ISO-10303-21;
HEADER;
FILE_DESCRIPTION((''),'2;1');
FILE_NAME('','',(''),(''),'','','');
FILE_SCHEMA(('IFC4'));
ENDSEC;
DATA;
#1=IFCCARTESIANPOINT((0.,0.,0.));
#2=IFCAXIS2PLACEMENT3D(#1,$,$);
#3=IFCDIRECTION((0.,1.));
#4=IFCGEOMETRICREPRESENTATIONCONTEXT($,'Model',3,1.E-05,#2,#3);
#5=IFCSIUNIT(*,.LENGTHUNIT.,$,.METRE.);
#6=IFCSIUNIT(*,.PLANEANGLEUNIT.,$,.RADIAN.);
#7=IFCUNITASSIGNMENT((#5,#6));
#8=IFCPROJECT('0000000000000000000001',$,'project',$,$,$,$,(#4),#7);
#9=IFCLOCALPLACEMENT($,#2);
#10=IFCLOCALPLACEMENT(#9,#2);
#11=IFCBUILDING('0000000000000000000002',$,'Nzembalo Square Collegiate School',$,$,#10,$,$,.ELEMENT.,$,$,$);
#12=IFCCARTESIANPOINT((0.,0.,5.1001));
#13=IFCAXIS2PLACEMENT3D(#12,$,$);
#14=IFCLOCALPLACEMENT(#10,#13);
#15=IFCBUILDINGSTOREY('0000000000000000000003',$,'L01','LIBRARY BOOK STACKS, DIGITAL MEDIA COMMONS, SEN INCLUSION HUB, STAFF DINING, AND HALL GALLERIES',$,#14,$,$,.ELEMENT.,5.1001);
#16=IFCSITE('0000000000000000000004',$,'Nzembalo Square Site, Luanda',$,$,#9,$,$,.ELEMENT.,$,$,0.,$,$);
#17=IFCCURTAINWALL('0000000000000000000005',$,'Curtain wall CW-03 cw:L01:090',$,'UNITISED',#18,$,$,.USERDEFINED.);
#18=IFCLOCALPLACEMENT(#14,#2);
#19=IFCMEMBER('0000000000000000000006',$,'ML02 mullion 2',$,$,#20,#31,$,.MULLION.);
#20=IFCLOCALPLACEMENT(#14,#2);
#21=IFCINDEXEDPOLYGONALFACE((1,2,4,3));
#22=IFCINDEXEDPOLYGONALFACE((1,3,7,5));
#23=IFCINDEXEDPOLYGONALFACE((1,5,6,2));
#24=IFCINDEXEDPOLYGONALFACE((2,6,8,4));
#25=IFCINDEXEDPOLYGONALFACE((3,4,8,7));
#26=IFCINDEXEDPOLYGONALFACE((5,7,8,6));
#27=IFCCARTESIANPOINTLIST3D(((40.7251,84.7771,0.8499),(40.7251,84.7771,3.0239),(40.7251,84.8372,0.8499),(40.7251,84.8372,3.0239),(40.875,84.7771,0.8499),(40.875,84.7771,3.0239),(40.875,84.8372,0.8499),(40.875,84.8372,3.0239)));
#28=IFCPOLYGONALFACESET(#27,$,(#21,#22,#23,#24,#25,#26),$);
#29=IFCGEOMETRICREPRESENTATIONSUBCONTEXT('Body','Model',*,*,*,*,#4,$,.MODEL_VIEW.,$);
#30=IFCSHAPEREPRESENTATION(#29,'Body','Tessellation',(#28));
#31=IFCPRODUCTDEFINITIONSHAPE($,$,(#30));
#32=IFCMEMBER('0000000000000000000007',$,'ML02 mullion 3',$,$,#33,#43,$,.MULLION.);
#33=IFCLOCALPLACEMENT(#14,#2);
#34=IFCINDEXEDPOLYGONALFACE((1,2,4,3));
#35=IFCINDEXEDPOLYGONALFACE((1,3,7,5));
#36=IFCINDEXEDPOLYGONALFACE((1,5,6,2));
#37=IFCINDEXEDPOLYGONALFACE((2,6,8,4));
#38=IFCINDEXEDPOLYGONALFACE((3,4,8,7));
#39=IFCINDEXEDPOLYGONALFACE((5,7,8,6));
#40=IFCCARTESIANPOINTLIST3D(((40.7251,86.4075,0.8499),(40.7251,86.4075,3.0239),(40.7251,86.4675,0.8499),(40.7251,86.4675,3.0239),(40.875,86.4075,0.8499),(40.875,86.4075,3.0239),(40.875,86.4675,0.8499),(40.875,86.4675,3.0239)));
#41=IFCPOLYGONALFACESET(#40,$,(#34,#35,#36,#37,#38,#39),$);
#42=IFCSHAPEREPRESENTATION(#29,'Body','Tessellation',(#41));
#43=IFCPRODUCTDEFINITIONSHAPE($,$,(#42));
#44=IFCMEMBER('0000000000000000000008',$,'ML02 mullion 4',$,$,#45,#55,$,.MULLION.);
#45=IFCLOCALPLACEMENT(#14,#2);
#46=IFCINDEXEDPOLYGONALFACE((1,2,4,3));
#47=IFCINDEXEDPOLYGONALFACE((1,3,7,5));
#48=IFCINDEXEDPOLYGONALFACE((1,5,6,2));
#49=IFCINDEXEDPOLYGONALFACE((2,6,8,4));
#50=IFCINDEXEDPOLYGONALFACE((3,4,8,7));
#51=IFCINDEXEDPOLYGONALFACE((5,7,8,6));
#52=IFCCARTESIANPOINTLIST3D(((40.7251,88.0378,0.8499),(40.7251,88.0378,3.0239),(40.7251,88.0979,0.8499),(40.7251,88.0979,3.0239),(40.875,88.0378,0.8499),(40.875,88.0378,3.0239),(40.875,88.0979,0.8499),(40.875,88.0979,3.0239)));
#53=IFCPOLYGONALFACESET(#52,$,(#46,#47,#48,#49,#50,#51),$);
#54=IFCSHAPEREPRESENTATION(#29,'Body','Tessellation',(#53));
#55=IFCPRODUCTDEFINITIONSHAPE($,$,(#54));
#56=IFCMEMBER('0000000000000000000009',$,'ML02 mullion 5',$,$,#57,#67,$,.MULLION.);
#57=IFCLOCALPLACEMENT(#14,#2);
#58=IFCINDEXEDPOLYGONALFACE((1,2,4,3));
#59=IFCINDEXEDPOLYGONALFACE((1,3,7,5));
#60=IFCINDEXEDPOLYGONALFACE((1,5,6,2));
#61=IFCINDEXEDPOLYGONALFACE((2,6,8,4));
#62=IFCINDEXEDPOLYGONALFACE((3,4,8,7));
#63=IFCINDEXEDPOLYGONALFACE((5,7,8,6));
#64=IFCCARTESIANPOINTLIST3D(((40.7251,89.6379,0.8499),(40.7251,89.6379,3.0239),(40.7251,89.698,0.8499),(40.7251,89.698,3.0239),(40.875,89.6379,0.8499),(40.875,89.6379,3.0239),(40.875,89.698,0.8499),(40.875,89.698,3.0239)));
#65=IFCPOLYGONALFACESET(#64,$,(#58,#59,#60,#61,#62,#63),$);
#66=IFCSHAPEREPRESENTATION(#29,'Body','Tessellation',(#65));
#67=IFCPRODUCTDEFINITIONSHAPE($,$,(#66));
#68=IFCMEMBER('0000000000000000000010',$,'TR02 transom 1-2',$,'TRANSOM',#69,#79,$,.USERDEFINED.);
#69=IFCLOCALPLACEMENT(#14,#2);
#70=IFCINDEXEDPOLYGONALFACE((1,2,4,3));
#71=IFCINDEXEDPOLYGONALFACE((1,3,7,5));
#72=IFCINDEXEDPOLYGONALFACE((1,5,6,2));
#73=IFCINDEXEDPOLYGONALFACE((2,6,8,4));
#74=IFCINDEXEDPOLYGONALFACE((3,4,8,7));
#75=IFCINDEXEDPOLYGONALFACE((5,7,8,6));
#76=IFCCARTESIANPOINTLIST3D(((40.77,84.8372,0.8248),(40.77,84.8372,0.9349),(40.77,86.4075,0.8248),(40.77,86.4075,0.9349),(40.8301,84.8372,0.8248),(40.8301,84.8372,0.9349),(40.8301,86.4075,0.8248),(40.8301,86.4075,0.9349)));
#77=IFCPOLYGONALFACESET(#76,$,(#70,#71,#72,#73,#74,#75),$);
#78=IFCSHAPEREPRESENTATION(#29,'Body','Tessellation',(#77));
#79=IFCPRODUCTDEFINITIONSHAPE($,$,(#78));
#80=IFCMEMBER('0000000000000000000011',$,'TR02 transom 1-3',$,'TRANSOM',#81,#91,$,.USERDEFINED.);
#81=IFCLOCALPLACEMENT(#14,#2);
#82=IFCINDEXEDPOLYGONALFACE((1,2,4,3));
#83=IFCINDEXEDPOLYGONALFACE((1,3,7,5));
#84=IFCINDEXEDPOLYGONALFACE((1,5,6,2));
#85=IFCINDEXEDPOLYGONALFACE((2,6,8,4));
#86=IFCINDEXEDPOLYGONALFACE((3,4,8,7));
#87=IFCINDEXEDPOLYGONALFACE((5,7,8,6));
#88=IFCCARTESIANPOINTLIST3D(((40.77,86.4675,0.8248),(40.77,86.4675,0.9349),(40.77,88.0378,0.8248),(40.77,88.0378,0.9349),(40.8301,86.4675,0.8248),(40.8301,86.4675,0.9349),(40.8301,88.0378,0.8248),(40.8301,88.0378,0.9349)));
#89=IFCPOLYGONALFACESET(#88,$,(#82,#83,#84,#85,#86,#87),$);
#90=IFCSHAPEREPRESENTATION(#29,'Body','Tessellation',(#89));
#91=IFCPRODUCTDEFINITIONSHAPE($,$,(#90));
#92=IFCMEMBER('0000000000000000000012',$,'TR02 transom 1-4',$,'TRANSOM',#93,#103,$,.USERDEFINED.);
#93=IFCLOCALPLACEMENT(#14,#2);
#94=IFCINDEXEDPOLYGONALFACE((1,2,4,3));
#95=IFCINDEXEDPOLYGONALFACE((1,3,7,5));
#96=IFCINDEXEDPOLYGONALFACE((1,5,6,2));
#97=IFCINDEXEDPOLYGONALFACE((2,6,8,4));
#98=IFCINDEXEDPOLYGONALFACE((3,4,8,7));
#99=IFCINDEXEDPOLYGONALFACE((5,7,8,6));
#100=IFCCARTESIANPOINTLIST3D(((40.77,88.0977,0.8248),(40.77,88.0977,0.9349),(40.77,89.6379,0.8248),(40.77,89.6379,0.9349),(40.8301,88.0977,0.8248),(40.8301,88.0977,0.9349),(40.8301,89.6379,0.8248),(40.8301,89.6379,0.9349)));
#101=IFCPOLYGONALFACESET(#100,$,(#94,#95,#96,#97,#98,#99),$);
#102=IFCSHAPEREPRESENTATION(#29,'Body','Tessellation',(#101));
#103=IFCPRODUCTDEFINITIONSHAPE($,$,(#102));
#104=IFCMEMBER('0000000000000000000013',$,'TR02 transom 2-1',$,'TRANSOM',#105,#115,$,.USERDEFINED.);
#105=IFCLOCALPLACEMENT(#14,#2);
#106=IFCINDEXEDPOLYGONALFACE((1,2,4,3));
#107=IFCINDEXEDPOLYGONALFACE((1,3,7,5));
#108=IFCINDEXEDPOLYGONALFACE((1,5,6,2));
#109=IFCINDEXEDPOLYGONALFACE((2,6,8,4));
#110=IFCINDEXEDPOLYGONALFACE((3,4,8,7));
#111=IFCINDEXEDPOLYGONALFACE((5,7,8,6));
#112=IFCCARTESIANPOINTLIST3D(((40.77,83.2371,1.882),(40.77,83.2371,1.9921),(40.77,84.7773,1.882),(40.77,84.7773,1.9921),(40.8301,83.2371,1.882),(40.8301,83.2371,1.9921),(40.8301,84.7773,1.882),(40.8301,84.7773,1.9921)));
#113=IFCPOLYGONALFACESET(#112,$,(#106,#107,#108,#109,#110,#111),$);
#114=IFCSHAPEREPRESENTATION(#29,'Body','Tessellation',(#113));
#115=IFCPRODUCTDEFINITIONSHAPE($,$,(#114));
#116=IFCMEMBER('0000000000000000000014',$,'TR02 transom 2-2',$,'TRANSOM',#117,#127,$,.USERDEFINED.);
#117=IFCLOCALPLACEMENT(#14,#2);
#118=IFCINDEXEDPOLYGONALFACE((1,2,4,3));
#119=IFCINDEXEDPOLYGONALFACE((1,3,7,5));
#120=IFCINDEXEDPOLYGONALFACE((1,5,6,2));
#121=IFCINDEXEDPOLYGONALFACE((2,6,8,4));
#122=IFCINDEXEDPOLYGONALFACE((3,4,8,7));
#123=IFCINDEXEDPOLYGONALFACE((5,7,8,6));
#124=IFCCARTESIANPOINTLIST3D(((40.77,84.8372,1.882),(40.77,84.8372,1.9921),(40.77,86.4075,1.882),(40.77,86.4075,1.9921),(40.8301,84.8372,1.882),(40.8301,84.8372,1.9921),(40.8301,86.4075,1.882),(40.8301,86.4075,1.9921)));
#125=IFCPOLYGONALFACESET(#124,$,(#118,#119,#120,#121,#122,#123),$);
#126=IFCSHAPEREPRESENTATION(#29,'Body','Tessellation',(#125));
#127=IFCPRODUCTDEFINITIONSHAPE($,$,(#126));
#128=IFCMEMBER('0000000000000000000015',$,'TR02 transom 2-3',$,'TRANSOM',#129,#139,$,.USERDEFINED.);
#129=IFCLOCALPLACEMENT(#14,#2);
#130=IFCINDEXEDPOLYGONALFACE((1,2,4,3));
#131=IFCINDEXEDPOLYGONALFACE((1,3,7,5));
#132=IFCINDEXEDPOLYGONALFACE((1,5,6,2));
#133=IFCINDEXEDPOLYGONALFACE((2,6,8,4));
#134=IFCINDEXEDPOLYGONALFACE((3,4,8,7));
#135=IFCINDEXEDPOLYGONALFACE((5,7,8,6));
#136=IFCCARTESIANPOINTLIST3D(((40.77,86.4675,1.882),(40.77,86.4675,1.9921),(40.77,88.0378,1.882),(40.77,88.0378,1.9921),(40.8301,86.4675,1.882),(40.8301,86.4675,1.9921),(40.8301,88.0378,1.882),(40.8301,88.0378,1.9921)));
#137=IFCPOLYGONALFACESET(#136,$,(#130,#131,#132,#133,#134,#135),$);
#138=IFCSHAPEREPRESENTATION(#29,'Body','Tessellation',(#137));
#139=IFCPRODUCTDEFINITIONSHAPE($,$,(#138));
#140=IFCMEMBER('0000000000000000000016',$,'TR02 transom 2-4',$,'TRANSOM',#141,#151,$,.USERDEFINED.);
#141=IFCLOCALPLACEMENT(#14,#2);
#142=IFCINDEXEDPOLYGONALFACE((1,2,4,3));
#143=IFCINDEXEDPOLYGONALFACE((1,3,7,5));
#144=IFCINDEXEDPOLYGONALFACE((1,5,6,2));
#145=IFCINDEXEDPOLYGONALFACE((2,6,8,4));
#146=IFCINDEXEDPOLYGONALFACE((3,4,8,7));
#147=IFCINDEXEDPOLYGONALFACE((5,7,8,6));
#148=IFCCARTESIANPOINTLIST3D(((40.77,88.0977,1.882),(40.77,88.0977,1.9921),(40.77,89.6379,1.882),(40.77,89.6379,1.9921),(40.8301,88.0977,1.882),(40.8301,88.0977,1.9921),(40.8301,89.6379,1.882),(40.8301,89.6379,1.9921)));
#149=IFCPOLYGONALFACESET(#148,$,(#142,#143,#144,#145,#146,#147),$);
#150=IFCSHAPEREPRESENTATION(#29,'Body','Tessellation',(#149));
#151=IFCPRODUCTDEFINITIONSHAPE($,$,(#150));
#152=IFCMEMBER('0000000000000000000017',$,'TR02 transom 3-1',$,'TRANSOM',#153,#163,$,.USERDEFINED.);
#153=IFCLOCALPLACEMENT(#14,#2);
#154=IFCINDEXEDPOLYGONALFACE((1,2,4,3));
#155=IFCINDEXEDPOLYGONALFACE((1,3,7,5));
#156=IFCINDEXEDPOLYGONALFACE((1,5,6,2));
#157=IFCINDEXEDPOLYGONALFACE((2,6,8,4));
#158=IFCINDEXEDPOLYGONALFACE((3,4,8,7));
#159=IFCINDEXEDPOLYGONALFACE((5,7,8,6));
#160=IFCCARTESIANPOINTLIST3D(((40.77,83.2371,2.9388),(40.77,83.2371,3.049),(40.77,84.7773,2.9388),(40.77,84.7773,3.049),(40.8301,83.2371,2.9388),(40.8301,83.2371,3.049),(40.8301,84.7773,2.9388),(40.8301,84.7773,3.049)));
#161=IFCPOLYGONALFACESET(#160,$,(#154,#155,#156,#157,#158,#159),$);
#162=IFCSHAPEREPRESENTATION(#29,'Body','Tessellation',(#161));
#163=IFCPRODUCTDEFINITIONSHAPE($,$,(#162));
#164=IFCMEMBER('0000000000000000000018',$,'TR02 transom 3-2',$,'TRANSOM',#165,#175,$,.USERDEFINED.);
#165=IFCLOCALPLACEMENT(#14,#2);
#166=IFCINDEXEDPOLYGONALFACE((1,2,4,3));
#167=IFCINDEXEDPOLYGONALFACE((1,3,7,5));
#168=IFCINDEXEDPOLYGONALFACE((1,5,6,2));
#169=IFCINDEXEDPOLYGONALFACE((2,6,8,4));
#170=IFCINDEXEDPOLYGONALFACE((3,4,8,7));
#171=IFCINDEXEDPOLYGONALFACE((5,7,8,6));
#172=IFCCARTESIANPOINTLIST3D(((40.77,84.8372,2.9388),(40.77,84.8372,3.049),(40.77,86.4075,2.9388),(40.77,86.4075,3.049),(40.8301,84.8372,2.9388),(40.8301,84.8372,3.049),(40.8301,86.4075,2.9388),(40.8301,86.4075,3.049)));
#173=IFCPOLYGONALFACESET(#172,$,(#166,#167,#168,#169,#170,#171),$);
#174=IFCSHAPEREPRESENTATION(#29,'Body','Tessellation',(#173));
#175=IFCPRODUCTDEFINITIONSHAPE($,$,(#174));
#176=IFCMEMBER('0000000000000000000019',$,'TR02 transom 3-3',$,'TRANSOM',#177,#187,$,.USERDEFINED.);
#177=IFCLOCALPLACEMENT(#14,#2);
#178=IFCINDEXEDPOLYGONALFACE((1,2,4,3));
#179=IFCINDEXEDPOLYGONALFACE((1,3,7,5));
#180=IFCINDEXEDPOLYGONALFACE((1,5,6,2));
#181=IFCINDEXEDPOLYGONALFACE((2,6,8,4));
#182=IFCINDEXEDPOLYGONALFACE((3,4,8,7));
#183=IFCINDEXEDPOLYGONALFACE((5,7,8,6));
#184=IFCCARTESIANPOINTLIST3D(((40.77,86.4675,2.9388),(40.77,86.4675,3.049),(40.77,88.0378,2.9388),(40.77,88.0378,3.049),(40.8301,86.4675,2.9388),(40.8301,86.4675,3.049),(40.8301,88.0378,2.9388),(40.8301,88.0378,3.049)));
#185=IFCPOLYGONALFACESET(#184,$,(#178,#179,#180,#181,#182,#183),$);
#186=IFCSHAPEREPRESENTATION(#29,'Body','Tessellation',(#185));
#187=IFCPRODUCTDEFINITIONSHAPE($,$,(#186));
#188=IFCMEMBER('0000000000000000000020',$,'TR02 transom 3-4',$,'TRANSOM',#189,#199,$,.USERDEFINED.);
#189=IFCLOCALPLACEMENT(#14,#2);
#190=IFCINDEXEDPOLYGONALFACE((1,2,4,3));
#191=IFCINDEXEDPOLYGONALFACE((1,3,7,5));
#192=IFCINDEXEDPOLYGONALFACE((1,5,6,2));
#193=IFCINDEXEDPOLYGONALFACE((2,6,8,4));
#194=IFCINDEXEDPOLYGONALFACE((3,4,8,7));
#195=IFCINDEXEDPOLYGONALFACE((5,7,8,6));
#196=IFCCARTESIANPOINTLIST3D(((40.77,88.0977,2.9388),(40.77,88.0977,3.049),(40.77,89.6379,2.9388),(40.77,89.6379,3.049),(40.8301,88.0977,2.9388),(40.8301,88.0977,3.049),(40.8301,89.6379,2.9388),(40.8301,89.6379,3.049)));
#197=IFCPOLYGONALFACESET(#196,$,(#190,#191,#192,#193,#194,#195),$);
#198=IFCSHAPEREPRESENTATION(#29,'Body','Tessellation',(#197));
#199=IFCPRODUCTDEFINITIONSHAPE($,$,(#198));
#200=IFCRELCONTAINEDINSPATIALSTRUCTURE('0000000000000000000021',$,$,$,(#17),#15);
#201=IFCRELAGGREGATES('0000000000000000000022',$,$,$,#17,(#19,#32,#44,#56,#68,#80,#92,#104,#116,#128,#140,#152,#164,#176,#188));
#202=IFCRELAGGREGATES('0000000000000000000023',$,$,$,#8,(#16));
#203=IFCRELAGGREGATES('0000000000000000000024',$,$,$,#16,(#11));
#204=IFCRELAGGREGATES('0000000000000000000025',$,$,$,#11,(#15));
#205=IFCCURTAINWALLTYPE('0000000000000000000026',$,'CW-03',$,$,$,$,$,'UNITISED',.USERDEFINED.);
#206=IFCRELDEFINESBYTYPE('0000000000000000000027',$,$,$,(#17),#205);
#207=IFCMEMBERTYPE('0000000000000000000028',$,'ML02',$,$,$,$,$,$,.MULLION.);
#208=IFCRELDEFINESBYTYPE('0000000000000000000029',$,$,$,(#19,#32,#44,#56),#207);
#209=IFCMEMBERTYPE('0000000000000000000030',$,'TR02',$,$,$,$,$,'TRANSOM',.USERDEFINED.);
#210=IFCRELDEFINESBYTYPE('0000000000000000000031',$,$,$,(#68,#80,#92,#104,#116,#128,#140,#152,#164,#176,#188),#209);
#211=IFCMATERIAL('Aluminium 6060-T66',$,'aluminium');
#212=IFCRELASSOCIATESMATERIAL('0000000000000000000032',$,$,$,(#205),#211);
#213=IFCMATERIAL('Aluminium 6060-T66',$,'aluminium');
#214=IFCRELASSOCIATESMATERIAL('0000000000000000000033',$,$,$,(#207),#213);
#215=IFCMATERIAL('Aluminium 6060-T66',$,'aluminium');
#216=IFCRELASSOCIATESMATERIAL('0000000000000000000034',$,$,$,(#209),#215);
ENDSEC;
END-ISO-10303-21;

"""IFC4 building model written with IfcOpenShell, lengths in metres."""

from ifc_helpers import new_model, si_unit, direction, frame, origin, origin_2d, place, context, subcontext, project, spatial, rectangle, extrude, material, material_profile, profile_set, type_object, element, aggregate, save


model = new_model("IFC4")

# Units and contexts
model_context = context("Model", 3, precision=1e-05, world=origin(), true_north=direction((0.0, 1.0)))
body_context = subcontext(model_context, "Body", "Model", "MODEL_VIEW")
ifc_project = project(units=[si_unit("LENGTHUNIT", "METRE"), si_unit("PLANEANGLEUNIT", "RADIAN")], contexts=[model_context])

# Site, building, storey
site_placement = place(None, origin())
site = spatial("IfcSite", under=ifc_project, at=site_placement, Name="Nzembalo Square Site, Luanda", CompositionType="ELEMENT", RefElevation=0.0)
building_placement = place(site_placement, origin())
building = spatial("IfcBuilding", under=site, at=building_placement, Name="Nzembalo Square Collegiate School", CompositionType="ELEMENT")
storey_placement = place(building_placement, frame((0.0, 0.0, 5.1001)))
storey = spatial("IfcBuildingStorey", under=building, at=storey_placement, Name="L01", Description="LIBRARY BOOK STACKS, DIGITAL MEDIA COMMONS, SEN INCLUSION HUB, STAFF DINING, AND HALL GALLERIES", CompositionType="ELEMENT", Elevation=5.1001)

# Curtain wall, members
ifc_material_1 = material(Name="Aluminium 6060-T66", Category="aluminium")
curtain_wall_type = type_object("IfcCurtainWallType", Name="CW-03", ElementType="UNITISED", PredefinedType="USERDEFINED", material=ifc_material_1)
curtain_wall_placement = place(storey_placement, origin())
curtain_wall = element("IfcCurtainWall", 1, at=curtain_wall_placement, inside=storey, type_object=curtain_wall_type, Name="Curtain wall CW-03 cw:L01:090", ObjectType="UNITISED", PredefinedType="USERDEFINED")
ifc_material_2 = material(Name="Aluminium 6060-T66", Category="aluminium")
ifc_material_profile_1 = material_profile(ifc_material_2, rectangle(XDim=0.0601, YDim=0.1499, at=origin_2d()), Name="ALU M60x150")
ifc_profile_set_1 = profile_set([ifc_material_profile_1], Name="Aluminium 6060-T66")
member_type_1 = type_object("IfcMemberType", Name="ML02", PredefinedType="MULLION", material=ifc_profile_set_1)
member_1_placement = place(storey_placement, frame((40.8, 84.8071, 0.8499), z_axis=(0.0, 0.0, 1.0), x_axis=(0.0, 1.0, 0.0)))
member_1 = element("IfcMember", 2, at=member_1_placement, type_object=member_type_1, Name="ML02 mullion 2", PredefinedType="MULLION", context=body_context, shape_type="SweptSolid", body=[
    extrude(rectangle(XDim=0.0601, YDim=0.1499, at=origin_2d()), origin(), (0.0, 0.0, 1.0), 2.1741),
])
member_2_placement = place(storey_placement, frame((40.8, 86.4375, 0.8499), z_axis=(0.0, 0.0, 1.0), x_axis=(0.0, 1.0, 0.0)))
member_2 = element("IfcMember", 3, at=member_2_placement, type_object=member_type_1, Name="ML02 mullion 3", PredefinedType="MULLION", context=body_context, shape_type="SweptSolid", body=[
    extrude(rectangle(XDim=0.0601, YDim=0.1499, at=origin_2d()), origin(), (0.0, 0.0, 1.0), 2.1741),
])
member_3_placement = place(storey_placement, frame((40.8, 88.0679, 0.8499), z_axis=(0.0, 0.0, 1.0), x_axis=(0.0, 1.0, 0.0)))
member_3 = element("IfcMember", 4, at=member_3_placement, type_object=member_type_1, Name="ML02 mullion 4", PredefinedType="MULLION", context=body_context, shape_type="SweptSolid", body=[
    extrude(rectangle(XDim=0.0601, YDim=0.1499, at=origin_2d()), origin(), (0.0, 0.0, 1.0), 2.1741),
])
member_4_placement = place(storey_placement, frame((40.8, 89.668, 0.8499), z_axis=(0.0, 0.0, 1.0), x_axis=(0.0, 1.0, 0.0)))
member_4 = element("IfcMember", 5, at=member_4_placement, type_object=member_type_1, Name="ML02 mullion 5", PredefinedType="MULLION", context=body_context, shape_type="SweptSolid", body=[
    extrude(rectangle(XDim=0.0601, YDim=0.1499, at=origin_2d()), origin(), (0.0, 0.0, 1.0), 2.1741),
])
ifc_material_3 = material(Name="Aluminium 6060-T66", Category="aluminium")
ifc_material_profile_2 = material_profile(ifc_material_3, rectangle(XDim=0.0601, YDim=0.1101, at=origin_2d()), Name="ALU T60x110")
ifc_profile_set_2 = profile_set([ifc_material_profile_2], Name="Aluminium 6060-T66")
member_type_2 = type_object("IfcMemberType", Name="TR02", ElementType="TRANSOM", PredefinedType="USERDEFINED", material=ifc_profile_set_2)
member_5_placement = place(storey_placement, frame((40.8, 84.8372, 0.8799), z_axis=(0.0, 1.0, 0.0), x_axis=(-1.0, 0.0, 0.0)))
member_5 = element("IfcMember", 6, at=member_5_placement, type_object=member_type_2, Name="TR02 transom 1-2", ObjectType="TRANSOM", PredefinedType="USERDEFINED", context=body_context, shape_type="SweptSolid", body=[
    extrude(rectangle(XDim=0.0601, YDim=0.1101, at=origin_2d()), origin(), (0.0, 0.0, 1.0), 1.5703),
])
member_6_placement = place(storey_placement, frame((40.8, 86.4675, 0.8799), z_axis=(0.0, 1.0, 0.0), x_axis=(-1.0, 0.0, 0.0)))
member_6 = element("IfcMember", 7, at=member_6_placement, type_object=member_type_2, Name="TR02 transom 1-3", ObjectType="TRANSOM", PredefinedType="USERDEFINED", context=body_context, shape_type="SweptSolid", body=[
    extrude(rectangle(XDim=0.0601, YDim=0.1101, at=origin_2d()), origin(), (0.0, 0.0, 1.0), 1.5703),
])
member_7_placement = place(storey_placement, frame((40.8, 88.0977, 0.8799), z_axis=(0.0, 1.0, 0.0), x_axis=(-1.0, 0.0, 0.0)))
member_7 = element("IfcMember", 8, at=member_7_placement, type_object=member_type_2, Name="TR02 transom 1-4", ObjectType="TRANSOM", PredefinedType="USERDEFINED", context=body_context, shape_type="SweptSolid", body=[
    extrude(rectangle(XDim=0.0601, YDim=0.1101, at=origin_2d()), origin(), (0.0, 0.0, 1.0), 1.5403),
])
member_8_placement = place(storey_placement, frame((40.8, 83.2371, 1.937), z_axis=(0.0, 1.0, 0.0), x_axis=(-1.0, 0.0, 0.0)))
member_8 = element("IfcMember", 9, at=member_8_placement, type_object=member_type_2, Name="TR02 transom 2-1", ObjectType="TRANSOM", PredefinedType="USERDEFINED", context=body_context, shape_type="SweptSolid", body=[
    extrude(rectangle(XDim=0.0601, YDim=0.1101, at=origin_2d()), origin(), (0.0, 0.0, 1.0), 1.5403),
])
member_9_placement = place(storey_placement, frame((40.8, 84.8372, 1.937), z_axis=(0.0, 1.0, 0.0), x_axis=(-1.0, 0.0, 0.0)))
member_9 = element("IfcMember", 10, at=member_9_placement, type_object=member_type_2, Name="TR02 transom 2-2", ObjectType="TRANSOM", PredefinedType="USERDEFINED", context=body_context, shape_type="SweptSolid", body=[
    extrude(rectangle(XDim=0.0601, YDim=0.1101, at=origin_2d()), origin(), (0.0, 0.0, 1.0), 1.5703),
])
member_10_placement = place(storey_placement, frame((40.8, 86.4675, 1.937), z_axis=(0.0, 1.0, 0.0), x_axis=(-1.0, 0.0, 0.0)))
member_10 = element("IfcMember", 11, at=member_10_placement, type_object=member_type_2, Name="TR02 transom 2-3", ObjectType="TRANSOM", PredefinedType="USERDEFINED", context=body_context, shape_type="SweptSolid", body=[
    extrude(rectangle(XDim=0.0601, YDim=0.1101, at=origin_2d()), origin(), (0.0, 0.0, 1.0), 1.5703),
])
member_11_placement = place(storey_placement, frame((40.8, 88.0977, 1.937), z_axis=(0.0, 1.0, 0.0), x_axis=(-1.0, 0.0, 0.0)))
member_11 = element("IfcMember", 12, at=member_11_placement, type_object=member_type_2, Name="TR02 transom 2-4", ObjectType="TRANSOM", PredefinedType="USERDEFINED", context=body_context, shape_type="SweptSolid", body=[
    extrude(rectangle(XDim=0.0601, YDim=0.1101, at=origin_2d()), origin(), (0.0, 0.0, 1.0), 1.5403),
])
member_12_placement = place(storey_placement, frame((40.8, 83.2371, 2.9939), z_axis=(0.0, 1.0, 0.0), x_axis=(-1.0, 0.0, 0.0)))
member_12 = element("IfcMember", 13, at=member_12_placement, type_object=member_type_2, Name="TR02 transom 3-1", ObjectType="TRANSOM", PredefinedType="USERDEFINED", context=body_context, shape_type="SweptSolid", body=[
    extrude(rectangle(XDim=0.0601, YDim=0.1101, at=origin_2d()), origin(), (0.0, 0.0, 1.0), 1.5403),
])
member_13_placement = place(storey_placement, frame((40.8, 84.8372, 2.9939), z_axis=(0.0, 1.0, 0.0), x_axis=(-1.0, 0.0, 0.0)))
member_13 = element("IfcMember", 14, at=member_13_placement, type_object=member_type_2, Name="TR02 transom 3-2", ObjectType="TRANSOM", PredefinedType="USERDEFINED", context=body_context, shape_type="SweptSolid", body=[
    extrude(rectangle(XDim=0.0601, YDim=0.1101, at=origin_2d()), origin(), (0.0, 0.0, 1.0), 1.5703),
])
member_14_placement = place(storey_placement, frame((40.8, 86.4675, 2.9939), z_axis=(0.0, 1.0, 0.0), x_axis=(-1.0, 0.0, 0.0)))
member_14 = element("IfcMember", 15, at=member_14_placement, type_object=member_type_2, Name="TR02 transom 3-3", ObjectType="TRANSOM", PredefinedType="USERDEFINED", context=body_context, shape_type="SweptSolid", body=[
    extrude(rectangle(XDim=0.0601, YDim=0.1101, at=origin_2d()), origin(), (0.0, 0.0, 1.0), 1.5703),
])
member_15_placement = place(storey_placement, frame((40.8, 88.0977, 2.9939), z_axis=(0.0, 1.0, 0.0), x_axis=(-1.0, 0.0, 0.0)))
member_15 = element("IfcMember", 16, at=member_15_placement, type_object=member_type_2, Name="TR02 transom 3-4", ObjectType="TRANSOM", PredefinedType="USERDEFINED", context=body_context, shape_type="SweptSolid", body=[
    extrude(rectangle(XDim=0.0601, YDim=0.1101, at=origin_2d()), origin(), (0.0, 0.0, 1.0), 1.5403),
])
aggregate(curtain_wall, [member_1, member_2, member_3, member_4, member_5, member_6, member_7, member_8, member_9, member_10, member_11, member_12, member_13, member_14, member_15])

save(model, "model.ifc")
